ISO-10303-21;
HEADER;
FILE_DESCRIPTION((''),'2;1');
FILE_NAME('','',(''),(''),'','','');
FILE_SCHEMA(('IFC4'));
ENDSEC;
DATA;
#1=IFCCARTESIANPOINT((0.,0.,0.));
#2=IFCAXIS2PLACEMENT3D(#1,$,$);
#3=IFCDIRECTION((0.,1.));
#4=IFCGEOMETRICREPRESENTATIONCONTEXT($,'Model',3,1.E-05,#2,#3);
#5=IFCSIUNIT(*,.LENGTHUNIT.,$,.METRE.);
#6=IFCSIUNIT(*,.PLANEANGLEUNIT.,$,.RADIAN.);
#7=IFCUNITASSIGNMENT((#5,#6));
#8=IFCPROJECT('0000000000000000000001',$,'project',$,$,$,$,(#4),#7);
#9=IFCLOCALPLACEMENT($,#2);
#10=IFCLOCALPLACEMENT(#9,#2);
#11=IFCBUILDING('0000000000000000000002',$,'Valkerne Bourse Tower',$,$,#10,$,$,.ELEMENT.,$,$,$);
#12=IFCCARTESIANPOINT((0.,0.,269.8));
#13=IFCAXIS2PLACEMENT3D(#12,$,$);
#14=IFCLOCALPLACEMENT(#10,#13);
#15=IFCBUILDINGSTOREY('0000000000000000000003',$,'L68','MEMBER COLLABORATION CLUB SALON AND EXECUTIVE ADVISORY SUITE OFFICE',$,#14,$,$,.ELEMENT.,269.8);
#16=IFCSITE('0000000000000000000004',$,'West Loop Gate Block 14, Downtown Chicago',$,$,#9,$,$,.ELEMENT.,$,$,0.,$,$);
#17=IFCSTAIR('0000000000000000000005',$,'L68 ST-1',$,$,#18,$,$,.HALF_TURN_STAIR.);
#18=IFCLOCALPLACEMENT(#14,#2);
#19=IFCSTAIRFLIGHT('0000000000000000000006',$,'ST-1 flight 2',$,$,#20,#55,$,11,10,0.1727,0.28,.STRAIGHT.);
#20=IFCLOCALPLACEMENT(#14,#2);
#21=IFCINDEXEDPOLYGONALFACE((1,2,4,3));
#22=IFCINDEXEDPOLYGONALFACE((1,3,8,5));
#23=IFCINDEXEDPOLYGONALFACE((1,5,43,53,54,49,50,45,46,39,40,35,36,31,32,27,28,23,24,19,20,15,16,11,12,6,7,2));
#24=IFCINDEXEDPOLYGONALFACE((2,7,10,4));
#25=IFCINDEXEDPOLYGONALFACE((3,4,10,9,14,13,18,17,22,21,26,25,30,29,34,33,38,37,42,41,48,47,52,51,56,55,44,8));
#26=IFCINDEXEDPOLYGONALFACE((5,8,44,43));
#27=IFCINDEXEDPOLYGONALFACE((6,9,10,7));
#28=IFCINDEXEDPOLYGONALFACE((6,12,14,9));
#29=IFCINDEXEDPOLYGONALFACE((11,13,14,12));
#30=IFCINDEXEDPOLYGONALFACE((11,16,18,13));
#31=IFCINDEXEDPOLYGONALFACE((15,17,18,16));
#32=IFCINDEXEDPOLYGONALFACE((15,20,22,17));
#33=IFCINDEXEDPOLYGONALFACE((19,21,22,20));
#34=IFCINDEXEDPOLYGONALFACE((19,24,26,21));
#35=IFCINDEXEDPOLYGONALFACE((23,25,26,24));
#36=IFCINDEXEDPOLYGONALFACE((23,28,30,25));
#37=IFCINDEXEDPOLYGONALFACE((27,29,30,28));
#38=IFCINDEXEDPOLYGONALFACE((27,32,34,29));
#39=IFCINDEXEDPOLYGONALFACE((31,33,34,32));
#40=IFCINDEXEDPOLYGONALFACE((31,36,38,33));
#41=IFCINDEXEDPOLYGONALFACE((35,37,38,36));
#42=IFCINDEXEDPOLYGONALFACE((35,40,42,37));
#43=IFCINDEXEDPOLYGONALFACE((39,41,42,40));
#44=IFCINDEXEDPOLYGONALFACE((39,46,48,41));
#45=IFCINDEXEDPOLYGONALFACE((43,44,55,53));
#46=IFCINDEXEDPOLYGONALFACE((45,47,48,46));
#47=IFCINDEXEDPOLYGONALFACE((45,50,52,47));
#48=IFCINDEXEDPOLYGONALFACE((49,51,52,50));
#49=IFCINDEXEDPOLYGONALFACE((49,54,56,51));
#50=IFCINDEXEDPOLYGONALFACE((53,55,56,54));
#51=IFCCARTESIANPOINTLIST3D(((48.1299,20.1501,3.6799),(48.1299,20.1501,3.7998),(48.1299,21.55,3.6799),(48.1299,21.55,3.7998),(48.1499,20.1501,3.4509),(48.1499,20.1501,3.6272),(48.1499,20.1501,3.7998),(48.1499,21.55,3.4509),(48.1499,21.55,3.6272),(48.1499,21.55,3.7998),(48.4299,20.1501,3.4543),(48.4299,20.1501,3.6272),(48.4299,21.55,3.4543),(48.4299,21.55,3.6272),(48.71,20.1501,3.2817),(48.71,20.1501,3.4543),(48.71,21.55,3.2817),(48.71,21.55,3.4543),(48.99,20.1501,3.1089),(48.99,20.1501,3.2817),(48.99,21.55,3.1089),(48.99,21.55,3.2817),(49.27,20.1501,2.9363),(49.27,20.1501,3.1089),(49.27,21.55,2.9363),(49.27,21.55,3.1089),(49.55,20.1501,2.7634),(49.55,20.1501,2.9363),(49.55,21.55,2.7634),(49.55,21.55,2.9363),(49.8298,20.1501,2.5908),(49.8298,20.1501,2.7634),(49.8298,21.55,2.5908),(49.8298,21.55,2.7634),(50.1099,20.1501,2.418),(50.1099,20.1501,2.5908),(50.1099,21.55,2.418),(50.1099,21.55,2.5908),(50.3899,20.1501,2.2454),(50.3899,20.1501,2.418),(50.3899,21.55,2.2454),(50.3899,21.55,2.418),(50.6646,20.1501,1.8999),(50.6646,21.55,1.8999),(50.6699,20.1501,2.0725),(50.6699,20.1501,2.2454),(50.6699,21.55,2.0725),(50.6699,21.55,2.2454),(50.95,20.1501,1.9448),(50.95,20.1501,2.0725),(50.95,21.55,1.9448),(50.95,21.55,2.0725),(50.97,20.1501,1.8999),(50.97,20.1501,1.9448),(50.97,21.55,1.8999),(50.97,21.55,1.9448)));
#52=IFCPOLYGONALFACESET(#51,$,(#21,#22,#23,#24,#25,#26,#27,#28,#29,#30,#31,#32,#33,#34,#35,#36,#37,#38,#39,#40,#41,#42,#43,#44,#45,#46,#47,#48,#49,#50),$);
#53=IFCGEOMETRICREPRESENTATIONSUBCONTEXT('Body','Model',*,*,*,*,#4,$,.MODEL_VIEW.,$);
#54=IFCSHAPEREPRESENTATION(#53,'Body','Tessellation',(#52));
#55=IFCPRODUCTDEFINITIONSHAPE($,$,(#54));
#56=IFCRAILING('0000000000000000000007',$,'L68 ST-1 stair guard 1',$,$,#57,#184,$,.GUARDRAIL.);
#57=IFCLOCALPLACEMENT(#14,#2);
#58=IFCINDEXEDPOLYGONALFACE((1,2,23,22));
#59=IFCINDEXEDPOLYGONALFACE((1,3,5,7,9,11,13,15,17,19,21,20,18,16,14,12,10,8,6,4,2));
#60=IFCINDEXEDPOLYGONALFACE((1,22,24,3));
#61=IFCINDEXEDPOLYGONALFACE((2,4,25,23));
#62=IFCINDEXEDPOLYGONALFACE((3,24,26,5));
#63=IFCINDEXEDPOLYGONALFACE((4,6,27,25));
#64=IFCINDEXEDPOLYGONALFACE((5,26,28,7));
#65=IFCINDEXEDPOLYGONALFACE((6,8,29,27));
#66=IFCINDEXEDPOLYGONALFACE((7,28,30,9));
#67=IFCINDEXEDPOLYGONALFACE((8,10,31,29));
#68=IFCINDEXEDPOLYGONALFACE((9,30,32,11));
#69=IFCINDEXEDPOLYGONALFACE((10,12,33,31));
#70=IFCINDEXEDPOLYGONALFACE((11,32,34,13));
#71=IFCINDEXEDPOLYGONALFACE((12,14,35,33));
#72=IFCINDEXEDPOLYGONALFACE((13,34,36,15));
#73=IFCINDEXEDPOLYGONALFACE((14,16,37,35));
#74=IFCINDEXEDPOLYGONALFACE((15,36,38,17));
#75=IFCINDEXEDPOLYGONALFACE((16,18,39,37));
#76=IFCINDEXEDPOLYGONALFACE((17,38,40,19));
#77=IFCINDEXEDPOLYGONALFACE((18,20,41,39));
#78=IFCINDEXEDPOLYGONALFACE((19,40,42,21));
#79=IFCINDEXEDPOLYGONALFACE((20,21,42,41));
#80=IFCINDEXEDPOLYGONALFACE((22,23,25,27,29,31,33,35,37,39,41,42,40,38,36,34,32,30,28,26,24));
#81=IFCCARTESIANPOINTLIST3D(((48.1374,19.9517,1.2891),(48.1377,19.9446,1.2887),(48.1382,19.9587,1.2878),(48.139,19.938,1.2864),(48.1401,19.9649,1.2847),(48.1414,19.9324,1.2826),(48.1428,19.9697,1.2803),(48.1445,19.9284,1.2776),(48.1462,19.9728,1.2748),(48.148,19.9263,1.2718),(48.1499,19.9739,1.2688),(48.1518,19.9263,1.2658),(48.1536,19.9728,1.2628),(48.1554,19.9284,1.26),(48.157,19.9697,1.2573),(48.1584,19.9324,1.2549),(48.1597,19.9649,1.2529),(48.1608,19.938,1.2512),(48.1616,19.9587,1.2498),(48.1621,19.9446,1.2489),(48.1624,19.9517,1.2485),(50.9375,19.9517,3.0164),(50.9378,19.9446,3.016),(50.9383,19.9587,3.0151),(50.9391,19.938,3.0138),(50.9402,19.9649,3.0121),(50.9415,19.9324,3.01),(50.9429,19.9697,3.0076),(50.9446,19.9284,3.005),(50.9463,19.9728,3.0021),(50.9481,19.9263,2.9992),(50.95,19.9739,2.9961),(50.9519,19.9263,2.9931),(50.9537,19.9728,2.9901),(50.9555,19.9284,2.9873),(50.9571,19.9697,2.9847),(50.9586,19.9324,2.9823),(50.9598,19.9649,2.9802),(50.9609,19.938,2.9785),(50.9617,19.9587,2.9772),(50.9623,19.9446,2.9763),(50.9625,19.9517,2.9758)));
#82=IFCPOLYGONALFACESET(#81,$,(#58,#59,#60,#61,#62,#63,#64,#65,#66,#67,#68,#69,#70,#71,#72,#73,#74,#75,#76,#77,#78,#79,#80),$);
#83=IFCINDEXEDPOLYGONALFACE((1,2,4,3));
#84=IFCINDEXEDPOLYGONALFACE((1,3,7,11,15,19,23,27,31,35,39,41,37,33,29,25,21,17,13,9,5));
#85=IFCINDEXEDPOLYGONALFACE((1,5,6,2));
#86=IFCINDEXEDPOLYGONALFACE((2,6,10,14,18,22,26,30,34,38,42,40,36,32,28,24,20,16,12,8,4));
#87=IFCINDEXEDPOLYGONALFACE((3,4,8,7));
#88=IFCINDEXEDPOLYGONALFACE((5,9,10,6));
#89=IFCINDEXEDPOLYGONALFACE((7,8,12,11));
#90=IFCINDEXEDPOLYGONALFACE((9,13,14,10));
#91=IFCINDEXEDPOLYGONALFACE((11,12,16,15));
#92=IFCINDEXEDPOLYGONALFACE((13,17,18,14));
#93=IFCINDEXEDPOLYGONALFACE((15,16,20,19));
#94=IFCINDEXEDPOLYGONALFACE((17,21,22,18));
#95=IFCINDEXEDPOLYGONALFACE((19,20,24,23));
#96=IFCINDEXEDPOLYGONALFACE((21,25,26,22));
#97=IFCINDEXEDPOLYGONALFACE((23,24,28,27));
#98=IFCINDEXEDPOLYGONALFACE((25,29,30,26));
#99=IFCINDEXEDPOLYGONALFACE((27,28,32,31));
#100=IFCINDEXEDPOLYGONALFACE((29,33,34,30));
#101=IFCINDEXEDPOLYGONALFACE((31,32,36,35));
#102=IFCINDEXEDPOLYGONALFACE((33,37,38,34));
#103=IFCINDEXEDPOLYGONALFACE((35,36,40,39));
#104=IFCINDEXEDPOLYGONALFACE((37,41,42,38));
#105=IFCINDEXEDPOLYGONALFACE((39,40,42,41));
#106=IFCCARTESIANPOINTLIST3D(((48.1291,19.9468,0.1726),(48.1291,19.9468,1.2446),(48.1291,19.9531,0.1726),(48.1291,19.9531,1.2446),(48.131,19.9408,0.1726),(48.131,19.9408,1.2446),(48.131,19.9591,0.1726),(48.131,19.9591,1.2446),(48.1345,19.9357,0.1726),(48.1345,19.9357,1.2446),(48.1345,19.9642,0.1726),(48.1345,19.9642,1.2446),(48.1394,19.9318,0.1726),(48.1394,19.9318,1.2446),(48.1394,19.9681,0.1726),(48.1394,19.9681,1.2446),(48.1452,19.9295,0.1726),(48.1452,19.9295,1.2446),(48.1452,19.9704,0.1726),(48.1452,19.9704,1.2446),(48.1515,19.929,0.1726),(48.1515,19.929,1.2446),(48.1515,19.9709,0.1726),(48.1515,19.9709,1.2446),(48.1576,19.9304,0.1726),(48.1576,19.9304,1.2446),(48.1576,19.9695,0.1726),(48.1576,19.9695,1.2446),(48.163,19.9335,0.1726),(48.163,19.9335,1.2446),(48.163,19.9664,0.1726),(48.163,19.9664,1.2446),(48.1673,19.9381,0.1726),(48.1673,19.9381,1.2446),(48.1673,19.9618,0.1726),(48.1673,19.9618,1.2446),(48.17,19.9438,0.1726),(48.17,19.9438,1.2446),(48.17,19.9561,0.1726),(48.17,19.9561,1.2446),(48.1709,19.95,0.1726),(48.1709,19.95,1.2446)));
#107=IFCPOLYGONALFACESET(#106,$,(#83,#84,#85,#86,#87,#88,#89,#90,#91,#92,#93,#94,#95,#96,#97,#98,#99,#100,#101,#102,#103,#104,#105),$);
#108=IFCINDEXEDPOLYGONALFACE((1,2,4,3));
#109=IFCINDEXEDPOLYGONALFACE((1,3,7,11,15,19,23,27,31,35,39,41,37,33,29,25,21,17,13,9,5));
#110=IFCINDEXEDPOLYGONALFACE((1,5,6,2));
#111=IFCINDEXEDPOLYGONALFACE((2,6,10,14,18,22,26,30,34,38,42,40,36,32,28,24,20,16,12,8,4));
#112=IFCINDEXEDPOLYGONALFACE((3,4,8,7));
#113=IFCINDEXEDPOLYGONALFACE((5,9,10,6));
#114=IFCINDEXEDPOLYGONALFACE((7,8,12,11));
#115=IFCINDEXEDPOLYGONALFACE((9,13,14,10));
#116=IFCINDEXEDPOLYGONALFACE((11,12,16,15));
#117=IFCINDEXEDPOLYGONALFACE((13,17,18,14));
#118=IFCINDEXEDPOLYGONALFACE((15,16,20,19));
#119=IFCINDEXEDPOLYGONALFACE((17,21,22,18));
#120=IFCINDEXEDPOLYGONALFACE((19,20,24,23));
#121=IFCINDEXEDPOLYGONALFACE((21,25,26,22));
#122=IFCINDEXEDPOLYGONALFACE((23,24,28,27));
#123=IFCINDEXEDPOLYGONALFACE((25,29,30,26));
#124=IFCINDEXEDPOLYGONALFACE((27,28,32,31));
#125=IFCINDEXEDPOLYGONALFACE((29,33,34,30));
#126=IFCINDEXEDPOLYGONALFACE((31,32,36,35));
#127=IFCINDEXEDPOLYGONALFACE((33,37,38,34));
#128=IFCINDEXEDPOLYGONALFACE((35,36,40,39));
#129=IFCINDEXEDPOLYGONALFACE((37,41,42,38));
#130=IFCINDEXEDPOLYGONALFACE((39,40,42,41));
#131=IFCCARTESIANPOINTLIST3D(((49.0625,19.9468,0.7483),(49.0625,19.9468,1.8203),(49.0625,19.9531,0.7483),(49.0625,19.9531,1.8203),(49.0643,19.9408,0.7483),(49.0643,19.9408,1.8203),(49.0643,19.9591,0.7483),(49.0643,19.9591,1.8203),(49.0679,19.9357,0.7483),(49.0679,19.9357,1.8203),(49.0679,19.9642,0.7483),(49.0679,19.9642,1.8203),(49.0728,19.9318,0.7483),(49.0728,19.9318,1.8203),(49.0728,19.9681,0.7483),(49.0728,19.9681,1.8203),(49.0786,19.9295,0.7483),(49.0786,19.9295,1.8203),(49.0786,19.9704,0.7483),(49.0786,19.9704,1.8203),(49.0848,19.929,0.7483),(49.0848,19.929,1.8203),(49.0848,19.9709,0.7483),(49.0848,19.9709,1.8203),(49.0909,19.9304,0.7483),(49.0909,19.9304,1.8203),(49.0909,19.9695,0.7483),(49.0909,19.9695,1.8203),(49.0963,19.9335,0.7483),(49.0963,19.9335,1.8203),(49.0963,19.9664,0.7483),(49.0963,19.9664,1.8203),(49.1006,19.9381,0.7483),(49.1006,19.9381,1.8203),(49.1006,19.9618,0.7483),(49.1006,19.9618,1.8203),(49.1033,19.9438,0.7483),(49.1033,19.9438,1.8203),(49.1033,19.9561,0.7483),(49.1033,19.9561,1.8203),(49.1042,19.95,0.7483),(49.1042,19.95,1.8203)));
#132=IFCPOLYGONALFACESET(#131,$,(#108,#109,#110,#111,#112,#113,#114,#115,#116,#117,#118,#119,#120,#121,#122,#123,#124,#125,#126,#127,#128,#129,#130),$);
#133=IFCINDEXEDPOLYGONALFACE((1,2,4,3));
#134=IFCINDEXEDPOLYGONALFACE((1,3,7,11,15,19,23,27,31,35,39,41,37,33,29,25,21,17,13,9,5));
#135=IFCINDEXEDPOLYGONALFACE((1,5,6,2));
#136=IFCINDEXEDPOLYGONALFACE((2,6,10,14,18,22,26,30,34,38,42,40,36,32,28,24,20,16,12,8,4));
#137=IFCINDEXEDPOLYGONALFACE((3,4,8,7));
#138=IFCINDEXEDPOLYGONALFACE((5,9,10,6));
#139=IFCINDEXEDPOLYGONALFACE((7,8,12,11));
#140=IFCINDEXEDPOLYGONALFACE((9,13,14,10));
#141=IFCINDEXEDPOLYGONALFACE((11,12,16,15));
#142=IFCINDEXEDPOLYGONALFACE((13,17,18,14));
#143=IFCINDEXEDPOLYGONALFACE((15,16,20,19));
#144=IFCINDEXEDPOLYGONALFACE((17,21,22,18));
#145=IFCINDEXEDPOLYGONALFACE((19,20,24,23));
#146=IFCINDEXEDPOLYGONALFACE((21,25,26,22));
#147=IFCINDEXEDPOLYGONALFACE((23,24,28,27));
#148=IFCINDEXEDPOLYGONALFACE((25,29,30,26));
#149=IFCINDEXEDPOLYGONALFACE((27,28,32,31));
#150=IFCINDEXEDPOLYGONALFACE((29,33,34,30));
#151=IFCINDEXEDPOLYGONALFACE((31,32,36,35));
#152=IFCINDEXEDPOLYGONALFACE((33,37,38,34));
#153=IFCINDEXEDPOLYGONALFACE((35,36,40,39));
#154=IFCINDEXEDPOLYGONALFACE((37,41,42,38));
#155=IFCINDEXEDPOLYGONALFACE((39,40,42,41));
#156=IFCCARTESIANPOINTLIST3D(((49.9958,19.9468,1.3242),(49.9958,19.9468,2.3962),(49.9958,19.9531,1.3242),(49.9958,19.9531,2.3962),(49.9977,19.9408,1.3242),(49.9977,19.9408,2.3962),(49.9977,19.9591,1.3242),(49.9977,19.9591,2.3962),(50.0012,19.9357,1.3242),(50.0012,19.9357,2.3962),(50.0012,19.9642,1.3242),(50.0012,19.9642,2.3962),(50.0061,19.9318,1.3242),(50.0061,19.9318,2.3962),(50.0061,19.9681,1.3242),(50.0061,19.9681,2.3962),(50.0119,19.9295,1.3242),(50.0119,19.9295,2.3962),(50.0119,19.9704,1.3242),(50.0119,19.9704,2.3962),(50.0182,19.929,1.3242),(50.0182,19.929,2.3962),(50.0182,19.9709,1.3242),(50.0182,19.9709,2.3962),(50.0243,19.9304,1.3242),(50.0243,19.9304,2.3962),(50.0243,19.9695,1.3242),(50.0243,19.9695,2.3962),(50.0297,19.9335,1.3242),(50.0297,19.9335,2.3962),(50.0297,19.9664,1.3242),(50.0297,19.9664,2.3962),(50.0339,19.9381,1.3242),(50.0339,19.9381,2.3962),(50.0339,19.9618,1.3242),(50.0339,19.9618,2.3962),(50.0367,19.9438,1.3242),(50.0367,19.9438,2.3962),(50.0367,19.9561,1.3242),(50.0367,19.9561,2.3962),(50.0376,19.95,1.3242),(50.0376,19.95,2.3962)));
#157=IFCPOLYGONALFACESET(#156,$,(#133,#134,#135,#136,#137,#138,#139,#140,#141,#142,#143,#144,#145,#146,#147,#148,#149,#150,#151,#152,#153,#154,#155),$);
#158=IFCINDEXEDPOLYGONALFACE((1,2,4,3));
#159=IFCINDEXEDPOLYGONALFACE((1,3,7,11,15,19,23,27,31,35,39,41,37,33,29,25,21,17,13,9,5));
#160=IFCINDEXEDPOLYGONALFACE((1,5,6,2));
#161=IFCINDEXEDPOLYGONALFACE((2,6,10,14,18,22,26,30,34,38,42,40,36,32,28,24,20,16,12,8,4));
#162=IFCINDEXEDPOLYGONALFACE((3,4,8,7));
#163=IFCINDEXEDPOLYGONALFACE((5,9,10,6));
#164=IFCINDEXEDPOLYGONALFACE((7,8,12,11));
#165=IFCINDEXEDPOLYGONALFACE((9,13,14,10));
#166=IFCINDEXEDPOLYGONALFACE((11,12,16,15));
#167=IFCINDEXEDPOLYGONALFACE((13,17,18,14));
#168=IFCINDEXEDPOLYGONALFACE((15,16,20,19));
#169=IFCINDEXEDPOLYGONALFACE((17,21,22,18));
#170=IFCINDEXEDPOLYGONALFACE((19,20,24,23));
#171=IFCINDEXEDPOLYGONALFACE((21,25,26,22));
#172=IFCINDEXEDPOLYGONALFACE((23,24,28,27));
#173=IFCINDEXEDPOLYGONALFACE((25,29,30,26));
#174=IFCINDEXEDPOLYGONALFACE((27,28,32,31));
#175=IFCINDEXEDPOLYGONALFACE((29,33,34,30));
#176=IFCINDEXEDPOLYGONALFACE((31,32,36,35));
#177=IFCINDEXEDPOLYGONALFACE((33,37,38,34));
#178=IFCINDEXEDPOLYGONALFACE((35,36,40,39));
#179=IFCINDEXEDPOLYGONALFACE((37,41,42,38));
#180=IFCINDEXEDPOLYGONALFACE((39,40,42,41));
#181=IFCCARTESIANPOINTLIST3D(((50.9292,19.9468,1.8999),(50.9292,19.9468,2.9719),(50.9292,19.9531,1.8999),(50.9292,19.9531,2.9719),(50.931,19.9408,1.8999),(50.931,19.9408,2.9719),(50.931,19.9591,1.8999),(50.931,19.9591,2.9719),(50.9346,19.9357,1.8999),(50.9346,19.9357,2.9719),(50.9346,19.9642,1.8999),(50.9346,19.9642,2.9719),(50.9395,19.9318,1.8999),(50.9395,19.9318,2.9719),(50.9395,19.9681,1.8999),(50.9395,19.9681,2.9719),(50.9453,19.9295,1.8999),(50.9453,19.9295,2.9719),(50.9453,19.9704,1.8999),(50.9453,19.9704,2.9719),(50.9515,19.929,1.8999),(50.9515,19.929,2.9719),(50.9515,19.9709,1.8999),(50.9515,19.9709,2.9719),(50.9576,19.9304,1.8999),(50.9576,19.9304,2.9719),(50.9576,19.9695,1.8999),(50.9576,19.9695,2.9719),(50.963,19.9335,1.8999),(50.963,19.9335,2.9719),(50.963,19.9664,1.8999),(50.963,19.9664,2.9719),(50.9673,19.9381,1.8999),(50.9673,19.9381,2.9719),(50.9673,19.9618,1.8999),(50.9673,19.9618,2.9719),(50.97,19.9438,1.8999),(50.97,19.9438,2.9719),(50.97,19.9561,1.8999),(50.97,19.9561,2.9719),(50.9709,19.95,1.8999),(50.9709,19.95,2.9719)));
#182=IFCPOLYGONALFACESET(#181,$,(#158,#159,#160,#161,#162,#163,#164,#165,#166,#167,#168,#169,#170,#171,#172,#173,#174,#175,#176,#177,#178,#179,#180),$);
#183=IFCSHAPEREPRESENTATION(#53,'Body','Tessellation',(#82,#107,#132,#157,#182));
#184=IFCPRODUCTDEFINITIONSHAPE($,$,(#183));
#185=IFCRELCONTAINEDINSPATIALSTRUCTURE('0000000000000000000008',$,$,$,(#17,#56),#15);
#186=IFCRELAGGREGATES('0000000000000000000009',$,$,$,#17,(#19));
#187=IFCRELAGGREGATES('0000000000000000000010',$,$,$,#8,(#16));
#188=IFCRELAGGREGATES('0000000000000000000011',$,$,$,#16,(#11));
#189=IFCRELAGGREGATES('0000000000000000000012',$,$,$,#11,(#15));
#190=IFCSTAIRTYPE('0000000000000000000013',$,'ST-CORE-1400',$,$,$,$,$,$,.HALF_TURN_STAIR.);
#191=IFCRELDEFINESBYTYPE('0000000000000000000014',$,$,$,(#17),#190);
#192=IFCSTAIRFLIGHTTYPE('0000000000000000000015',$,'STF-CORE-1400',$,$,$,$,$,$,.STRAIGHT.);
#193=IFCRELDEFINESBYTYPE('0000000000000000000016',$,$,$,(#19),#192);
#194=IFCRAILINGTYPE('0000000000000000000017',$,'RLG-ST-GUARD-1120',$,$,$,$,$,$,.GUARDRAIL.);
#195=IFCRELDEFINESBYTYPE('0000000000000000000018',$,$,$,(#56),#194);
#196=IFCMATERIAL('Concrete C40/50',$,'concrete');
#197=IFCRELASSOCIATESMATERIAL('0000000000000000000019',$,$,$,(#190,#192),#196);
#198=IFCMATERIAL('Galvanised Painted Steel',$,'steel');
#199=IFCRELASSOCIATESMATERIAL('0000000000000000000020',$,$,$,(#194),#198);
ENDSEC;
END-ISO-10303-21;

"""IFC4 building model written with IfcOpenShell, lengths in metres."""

from ifc_helpers import new_model, si_unit, direction, frame, origin, origin_2d, place, context, subcontext, project, spatial, polyline, circle, outline, extrude, material, type_object, element, aggregate, save


model = new_model("IFC4")

# Units and contexts
model_context = context("Model", 3, precision=1e-05, world=origin(), true_north=direction((0.0, 1.0)))
body_context = subcontext(model_context, "Body", "Model", "MODEL_VIEW")
ifc_project = project(units=[si_unit("LENGTHUNIT", "METRE"), si_unit("PLANEANGLEUNIT", "RADIAN")], contexts=[model_context])

# Site, building, storey
site_placement = place(None, origin())
site = spatial("IfcSite", under=ifc_project, at=site_placement, Name="West Loop Gate Block 14, Downtown Chicago", CompositionType="ELEMENT", RefElevation=0.0)
building_placement = place(site_placement, origin())
building = spatial("IfcBuilding", under=site, at=building_placement, Name="Valkerne Bourse Tower", CompositionType="ELEMENT")
storey_placement = place(building_placement, frame((0.0, 0.0, 269.8)))
storey = spatial("IfcBuildingStorey", under=building, at=storey_placement, Name="L68", Description="MEMBER COLLABORATION CLUB SALON AND EXECUTIVE ADVISORY SUITE OFFICE", CompositionType="ELEMENT", Elevation=269.8)

# Shared definitions
ifc_material_1 = material(Name="Galvanised Painted Steel", Category="steel")

# Shared definitions
ifc_material_2 = material(Name="Concrete C40/50", Category="concrete")

# Stair, stair flight
stair_type = type_object("IfcStairType", Name="ST-CORE-1400", PredefinedType="HALF_TURN_STAIR", material=ifc_material_2)
stair_placement = place(storey_placement, origin())
stair = element("IfcStair", 1, at=stair_placement, inside=storey, type_object=stair_type, Name="L68 ST-1", PredefinedType="HALF_TURN_STAIR")
stair_flight_type = type_object("IfcStairFlightType", Name="STF-CORE-1400", PredefinedType="STRAIGHT", material=ifc_material_2)
stair_flight_1_placement = place(storey_placement, frame((50.95, 20.8501, 1.8999), z_axis=(0.0, 0.0, 1.0), x_axis=(-1.0, 0.0, 0.0)))
stair_flight_1 = element("IfcStairFlight", 2, at=stair_flight_1_placement, type_object=stair_flight_type, Name="ST-1 flight 2", NumberOfRisers=11, NumberOfTreads=10, PredefinedType="STRAIGHT", RiserHeight=0.1727, TreadLength=0.28, context=body_context, shape_type="SweptSolid", body=[
    extrude(outline(polyline([(-0.02, 0.0), (-0.02, 0.0449), (0.0, 0.0449), (0.0, 0.1726), (0.28, 0.1726), (0.28, 0.3455), (0.5601, 0.3455), (0.5601, 0.5181), (0.8401, 0.5181), (0.8401, 0.6909), (1.1201, 0.6909), (1.1201, 0.8635), (1.3999, 0.8635), (1.3999, 1.0364), (1.6799, 1.0364), (1.6799, 1.209), (1.96, 1.209), (1.96, 1.3818), (2.24, 1.3818), (2.24, 1.5544), (2.52, 1.5544), (2.52, 1.7273), (2.8, 1.7273), (2.8, 1.8999), (2.8201, 1.8999), (2.8201, 1.78), (2.8, 1.551), (0.2854, 0.0), (-0.02, 0.0)])), frame((0.0, 0.7, 0.0), z_axis=(0.0, -1.0, 0.0), x_axis=(1.0, 0.0, 0.0)), (0.0, 0.0, 1.0), 1.3999),
])
aggregate(stair, [stair_flight_1])

# Railing
railing_type_1 = type_object("IfcRailingType", Name="RLG-ST-GUARD-1120", PredefinedType="GUARDRAIL", material=ifc_material_1)
railing_1_placement = place(storey_placement, frame((48.1499, 19.95, 0.1726)))
element("IfcRailing", 3, at=railing_1_placement, inside=storey, type_object=railing_type_1, Name="L68 ST-1 stair guard 1", PredefinedType="GUARDRAIL", context=body_context, shape_type="SweptSolid", body=[
    extrude(circle(Radius=0.0239, at=origin_2d()), frame((0.0, 0.0, 1.0962), z_axis=(0.85109, 0.0, 0.52502), x_axis=(0.0, 1.0, 0.0)), (0.0, 0.0, 1.0), 3.29),
    extrude(circle(Radius=0.021, at=origin_2d()), origin(), (0.0, 0.0, 1.0), 1.072),
    extrude(circle(Radius=0.021, at=origin_2d()), frame((0.9333, 0.0, 0.5757)), (0.0, 0.0, 1.0), 1.072),
    extrude(circle(Radius=0.021, at=origin_2d()), frame((1.8667, 0.0, 1.1516)), (0.0, 0.0, 1.0), 1.072),
    extrude(circle(Radius=0.021, at=origin_2d()), frame((2.8, 0.0, 1.7273)), (0.0, 0.0, 1.0), 1.072),
])

save(model, "model.ifc")
